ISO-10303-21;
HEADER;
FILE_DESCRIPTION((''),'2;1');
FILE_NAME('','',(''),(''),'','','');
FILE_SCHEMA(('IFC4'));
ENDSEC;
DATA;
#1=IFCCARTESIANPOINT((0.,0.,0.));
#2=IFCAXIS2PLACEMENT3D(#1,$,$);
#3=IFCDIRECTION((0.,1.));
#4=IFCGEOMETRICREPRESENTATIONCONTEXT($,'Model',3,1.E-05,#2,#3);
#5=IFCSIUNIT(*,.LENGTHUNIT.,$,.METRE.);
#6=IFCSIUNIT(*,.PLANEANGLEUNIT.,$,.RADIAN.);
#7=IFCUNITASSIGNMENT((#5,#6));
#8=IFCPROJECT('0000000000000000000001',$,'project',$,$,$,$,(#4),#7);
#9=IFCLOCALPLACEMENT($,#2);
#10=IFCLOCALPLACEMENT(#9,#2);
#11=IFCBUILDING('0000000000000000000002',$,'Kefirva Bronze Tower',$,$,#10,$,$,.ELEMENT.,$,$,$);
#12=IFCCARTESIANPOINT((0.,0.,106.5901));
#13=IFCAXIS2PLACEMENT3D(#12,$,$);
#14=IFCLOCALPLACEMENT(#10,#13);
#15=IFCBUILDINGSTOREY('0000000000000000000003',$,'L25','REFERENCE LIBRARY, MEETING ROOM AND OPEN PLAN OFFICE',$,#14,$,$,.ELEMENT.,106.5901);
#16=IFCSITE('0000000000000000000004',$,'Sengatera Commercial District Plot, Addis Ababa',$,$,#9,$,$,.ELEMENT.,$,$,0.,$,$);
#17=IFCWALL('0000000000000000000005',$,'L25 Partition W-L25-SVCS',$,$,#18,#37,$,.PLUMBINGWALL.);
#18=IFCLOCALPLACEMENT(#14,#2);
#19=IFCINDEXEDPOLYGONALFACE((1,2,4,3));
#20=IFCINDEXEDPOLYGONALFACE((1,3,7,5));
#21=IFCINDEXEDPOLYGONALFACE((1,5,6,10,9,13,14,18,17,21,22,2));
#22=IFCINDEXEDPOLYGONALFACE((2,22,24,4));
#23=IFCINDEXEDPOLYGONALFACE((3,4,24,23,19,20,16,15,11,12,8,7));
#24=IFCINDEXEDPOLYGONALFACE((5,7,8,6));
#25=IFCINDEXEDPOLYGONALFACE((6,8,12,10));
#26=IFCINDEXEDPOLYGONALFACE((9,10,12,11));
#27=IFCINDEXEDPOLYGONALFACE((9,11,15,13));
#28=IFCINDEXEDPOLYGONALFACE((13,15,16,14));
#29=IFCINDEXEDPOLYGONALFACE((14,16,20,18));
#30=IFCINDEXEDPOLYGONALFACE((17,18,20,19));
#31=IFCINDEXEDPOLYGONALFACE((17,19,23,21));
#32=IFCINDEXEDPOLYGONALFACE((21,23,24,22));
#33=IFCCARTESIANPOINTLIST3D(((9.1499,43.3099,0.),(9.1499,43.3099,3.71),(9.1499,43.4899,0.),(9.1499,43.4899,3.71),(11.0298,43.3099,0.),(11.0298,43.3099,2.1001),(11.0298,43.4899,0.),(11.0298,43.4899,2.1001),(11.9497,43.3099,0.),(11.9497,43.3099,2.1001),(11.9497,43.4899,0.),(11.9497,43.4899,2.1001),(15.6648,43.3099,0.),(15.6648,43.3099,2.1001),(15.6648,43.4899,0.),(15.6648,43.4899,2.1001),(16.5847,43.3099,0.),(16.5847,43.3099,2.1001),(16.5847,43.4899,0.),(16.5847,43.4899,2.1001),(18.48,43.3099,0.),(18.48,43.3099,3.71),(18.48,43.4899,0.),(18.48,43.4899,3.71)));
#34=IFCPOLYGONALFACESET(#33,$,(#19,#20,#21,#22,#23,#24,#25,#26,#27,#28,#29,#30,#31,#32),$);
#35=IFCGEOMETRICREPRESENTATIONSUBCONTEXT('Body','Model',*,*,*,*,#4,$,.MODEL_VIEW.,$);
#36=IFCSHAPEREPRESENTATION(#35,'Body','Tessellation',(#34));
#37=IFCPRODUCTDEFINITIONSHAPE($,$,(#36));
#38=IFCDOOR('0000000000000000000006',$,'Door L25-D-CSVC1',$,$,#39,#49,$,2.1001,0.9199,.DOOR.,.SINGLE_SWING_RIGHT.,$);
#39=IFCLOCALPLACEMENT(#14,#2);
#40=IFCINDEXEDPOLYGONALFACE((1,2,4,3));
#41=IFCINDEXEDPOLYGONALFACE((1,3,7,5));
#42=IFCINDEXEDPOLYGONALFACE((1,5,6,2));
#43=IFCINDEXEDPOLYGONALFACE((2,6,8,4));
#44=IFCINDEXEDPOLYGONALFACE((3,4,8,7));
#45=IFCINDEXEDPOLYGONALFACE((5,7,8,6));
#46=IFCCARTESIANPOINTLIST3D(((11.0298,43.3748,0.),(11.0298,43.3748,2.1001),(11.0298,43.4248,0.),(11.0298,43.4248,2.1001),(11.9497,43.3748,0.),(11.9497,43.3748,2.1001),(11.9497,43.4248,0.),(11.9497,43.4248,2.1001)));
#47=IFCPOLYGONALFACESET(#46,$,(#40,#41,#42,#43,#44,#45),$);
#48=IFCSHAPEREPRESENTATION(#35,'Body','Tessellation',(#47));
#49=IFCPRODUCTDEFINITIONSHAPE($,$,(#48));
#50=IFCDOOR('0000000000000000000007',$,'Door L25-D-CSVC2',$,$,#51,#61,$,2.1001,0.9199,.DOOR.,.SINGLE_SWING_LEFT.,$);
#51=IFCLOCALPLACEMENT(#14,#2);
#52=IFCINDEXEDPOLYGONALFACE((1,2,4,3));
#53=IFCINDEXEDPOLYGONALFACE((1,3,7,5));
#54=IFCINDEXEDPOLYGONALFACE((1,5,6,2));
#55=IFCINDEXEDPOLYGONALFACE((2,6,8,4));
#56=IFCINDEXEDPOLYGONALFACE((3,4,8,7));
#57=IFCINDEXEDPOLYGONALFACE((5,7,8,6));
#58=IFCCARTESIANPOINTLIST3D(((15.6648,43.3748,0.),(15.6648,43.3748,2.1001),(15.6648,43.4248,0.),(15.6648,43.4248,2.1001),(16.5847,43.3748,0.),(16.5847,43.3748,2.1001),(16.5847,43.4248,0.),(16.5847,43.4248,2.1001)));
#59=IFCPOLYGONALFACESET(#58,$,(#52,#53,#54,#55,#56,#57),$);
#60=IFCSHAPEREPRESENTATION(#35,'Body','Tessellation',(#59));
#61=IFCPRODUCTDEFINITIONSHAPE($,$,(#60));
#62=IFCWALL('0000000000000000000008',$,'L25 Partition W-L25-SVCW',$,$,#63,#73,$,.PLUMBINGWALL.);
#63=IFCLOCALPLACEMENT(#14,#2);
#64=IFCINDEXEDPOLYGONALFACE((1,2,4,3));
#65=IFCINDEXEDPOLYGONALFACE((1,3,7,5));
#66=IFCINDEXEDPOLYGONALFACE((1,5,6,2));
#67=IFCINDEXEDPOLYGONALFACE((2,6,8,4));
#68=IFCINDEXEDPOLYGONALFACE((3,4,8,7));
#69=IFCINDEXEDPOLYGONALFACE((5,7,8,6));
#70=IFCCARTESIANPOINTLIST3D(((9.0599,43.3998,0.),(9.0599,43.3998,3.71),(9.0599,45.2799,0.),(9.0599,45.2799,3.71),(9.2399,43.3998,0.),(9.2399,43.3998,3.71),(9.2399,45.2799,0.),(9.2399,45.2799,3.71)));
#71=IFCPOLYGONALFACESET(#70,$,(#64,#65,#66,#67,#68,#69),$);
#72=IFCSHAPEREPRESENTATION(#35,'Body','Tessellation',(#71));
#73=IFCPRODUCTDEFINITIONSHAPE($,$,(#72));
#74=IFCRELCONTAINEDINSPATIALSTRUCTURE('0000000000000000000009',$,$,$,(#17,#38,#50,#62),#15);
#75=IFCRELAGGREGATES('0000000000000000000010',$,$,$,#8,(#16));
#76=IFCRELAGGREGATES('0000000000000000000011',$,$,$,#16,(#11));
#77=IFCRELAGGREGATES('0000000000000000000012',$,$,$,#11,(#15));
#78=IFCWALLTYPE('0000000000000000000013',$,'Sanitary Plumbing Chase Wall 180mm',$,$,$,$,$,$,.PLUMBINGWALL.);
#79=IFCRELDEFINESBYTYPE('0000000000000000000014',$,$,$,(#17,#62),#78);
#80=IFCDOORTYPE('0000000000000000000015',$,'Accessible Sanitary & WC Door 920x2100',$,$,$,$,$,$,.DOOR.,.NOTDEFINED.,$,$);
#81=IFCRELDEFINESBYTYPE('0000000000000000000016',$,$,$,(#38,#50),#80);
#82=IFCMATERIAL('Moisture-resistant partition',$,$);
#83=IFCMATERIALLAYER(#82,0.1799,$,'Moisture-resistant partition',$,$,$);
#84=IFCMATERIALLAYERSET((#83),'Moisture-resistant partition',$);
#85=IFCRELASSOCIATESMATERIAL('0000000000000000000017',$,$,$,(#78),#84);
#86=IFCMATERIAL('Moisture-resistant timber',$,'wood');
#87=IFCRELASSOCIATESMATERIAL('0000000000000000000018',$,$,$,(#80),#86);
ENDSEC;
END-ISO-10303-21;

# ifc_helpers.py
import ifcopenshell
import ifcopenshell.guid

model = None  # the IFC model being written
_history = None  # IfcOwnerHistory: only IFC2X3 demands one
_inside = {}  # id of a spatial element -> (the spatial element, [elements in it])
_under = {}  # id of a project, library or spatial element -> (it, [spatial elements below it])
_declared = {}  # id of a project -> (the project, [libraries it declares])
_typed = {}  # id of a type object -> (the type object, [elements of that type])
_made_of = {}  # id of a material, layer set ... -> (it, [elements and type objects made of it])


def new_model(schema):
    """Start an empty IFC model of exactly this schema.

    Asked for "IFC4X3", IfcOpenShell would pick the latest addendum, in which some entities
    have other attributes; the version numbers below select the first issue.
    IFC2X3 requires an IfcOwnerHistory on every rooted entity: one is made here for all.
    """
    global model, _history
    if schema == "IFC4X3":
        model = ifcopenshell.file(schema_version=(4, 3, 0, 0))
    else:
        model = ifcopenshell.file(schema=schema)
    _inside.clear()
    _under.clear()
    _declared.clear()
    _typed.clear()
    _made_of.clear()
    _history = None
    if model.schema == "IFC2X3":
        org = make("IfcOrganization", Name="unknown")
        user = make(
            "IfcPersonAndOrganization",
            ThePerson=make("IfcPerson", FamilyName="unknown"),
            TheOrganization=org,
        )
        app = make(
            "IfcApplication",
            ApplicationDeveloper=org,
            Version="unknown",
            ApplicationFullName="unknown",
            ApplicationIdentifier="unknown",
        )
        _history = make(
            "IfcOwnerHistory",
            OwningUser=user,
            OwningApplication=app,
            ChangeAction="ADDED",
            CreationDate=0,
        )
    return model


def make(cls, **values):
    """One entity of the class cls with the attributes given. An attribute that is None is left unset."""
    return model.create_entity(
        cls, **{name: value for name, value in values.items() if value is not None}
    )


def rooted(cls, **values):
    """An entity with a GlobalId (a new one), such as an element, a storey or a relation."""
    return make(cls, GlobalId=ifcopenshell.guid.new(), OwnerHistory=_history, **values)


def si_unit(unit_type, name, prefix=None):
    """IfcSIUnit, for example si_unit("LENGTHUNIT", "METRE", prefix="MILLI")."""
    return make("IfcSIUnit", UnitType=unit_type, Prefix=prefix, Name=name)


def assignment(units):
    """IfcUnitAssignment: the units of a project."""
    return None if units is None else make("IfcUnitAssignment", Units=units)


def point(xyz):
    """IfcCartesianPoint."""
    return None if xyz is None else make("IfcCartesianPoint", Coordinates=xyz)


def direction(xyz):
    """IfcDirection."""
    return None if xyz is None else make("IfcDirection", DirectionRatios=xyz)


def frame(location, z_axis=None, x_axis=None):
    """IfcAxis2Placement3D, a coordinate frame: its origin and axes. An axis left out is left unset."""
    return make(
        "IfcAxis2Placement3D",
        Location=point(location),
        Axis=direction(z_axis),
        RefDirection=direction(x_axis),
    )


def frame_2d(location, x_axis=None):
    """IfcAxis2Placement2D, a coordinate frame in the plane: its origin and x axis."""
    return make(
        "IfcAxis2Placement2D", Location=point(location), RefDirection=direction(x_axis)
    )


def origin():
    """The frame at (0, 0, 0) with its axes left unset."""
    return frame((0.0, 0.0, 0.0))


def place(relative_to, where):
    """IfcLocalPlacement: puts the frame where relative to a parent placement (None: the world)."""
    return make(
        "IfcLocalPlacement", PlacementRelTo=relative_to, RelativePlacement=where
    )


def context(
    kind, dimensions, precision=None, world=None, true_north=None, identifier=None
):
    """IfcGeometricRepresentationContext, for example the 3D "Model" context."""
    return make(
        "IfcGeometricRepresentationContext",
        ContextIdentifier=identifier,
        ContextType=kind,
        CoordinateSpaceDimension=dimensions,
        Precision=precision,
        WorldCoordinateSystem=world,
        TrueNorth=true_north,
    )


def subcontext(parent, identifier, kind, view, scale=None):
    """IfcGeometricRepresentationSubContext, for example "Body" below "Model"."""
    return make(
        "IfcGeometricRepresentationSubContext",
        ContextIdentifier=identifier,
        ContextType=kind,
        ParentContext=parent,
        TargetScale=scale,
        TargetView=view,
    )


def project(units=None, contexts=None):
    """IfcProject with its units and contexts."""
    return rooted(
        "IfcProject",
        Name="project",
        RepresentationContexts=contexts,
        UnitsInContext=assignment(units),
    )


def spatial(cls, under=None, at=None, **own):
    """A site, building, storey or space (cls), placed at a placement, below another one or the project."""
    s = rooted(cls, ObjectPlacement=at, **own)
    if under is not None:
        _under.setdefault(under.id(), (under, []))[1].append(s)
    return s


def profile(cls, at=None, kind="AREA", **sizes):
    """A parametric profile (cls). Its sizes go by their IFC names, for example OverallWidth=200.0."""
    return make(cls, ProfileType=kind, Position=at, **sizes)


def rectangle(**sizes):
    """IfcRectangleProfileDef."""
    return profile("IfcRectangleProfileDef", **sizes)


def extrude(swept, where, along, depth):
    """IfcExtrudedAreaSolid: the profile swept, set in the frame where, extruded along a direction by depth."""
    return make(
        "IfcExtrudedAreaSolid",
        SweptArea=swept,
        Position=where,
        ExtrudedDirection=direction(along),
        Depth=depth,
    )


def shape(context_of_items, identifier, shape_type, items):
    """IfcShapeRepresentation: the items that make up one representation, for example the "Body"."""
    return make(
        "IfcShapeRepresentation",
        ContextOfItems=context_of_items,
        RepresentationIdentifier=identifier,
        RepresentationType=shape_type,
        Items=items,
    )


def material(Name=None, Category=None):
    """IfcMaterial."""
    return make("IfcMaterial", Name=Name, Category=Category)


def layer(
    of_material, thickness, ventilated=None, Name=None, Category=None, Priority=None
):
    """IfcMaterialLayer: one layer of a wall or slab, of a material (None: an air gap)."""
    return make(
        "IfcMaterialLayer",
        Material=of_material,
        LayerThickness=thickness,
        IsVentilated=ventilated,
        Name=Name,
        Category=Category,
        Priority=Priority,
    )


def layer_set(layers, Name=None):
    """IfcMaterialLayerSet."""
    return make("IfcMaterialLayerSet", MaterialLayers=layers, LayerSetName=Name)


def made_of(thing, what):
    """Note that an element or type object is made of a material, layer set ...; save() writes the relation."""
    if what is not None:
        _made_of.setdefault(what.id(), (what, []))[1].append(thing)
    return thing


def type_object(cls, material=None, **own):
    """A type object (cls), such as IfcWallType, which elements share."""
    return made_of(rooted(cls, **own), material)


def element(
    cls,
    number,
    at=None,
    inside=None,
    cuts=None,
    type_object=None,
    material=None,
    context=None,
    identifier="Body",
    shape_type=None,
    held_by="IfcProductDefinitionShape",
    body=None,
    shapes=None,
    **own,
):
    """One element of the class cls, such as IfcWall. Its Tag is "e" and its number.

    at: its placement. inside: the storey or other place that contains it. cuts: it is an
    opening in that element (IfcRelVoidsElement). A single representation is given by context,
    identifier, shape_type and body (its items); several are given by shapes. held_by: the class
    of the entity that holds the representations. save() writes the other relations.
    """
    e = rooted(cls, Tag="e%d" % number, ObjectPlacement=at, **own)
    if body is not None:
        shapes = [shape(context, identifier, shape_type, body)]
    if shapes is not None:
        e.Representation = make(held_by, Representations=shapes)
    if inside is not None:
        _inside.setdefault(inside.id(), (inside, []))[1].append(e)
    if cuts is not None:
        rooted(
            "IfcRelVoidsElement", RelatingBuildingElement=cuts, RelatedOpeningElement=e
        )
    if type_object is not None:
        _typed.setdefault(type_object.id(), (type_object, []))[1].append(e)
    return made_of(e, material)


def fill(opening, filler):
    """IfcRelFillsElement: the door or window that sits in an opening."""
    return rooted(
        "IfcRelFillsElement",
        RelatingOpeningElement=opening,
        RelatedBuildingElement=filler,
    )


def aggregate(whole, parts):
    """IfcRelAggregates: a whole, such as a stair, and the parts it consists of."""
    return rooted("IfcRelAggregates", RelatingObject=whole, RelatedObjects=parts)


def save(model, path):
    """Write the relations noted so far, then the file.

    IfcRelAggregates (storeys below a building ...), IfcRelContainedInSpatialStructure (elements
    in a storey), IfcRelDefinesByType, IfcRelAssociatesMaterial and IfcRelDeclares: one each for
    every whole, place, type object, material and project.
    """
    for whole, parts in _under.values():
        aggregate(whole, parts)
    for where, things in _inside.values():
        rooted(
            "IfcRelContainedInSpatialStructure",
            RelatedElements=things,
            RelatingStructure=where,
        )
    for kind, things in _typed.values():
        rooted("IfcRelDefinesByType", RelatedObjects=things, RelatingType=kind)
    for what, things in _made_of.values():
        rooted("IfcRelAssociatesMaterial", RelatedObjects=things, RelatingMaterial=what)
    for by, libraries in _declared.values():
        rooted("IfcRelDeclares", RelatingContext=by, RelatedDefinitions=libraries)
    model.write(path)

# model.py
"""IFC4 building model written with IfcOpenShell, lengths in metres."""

from ifc_helpers import new_model, si_unit, direction, frame, frame_2d, origin, place, context, subcontext, project, spatial, rectangle, extrude, material, layer, layer_set, type_object, element, fill, save


model = new_model("IFC4")

# Units and contexts
model_context = context("Model", 3, precision=1e-05, world=origin(), true_north=direction((0.0, 1.0)))
body_context = subcontext(model_context, "Body", "Model", "MODEL_VIEW")
ifc_project = project(units=[si_unit("LENGTHUNIT", "METRE"), si_unit("PLANEANGLEUNIT", "RADIAN")], contexts=[model_context])

# Site, building, storey
site_placement = place(None, origin())
site = spatial("IfcSite", under=ifc_project, at=site_placement, Name="Sengatera Commercial District Plot, Addis Ababa", CompositionType="ELEMENT", RefElevation=0.0)
building_placement = place(site_placement, origin())
building = spatial("IfcBuilding", under=site, at=building_placement, Name="Kefirva Bronze Tower", CompositionType="ELEMENT")
storey_placement = place(building_placement, frame((0.0, 0.0, 106.5901)))
storey = spatial("IfcBuildingStorey", under=building, at=storey_placement, Name="L25", Description="REFERENCE LIBRARY, MEETING ROOM AND OPEN PLAN OFFICE", CompositionType="ELEMENT", Elevation=106.5901)

# Wall, openings, doors
ifc_material_1 = material(Name="Moisture-resistant partition")
ifc_layer_1 = layer(ifc_material_1, 0.1799, Name="Moisture-resistant partition")
ifc_layer_set_1 = layer_set([ifc_layer_1], Name="Moisture-resistant partition")
wall_type_1 = type_object("IfcWallType", Name="Sanitary Plumbing Chase Wall 180mm", PredefinedType="PLUMBINGWALL", material=ifc_layer_set_1)
wall_1_placement = place(storey_placement, frame((9.1499, 43.3999, 0.0), z_axis=(0.0, 0.0, 1.0), x_axis=(1.0, 0.0, 0.0)))
wall_1 = element("IfcWall", 1, at=wall_1_placement, inside=storey, type_object=wall_type_1, Name="L25 Partition W-L25-SVCS", PredefinedType="PLUMBINGWALL", context=body_context, shape_type="SweptSolid", body=[
    extrude(rectangle(XDim=9.3301, YDim=0.1799, at=frame_2d((4.665, 0.0))), origin(), (0.0, 0.0, 1.0), 3.71),
])
opening_1_placement = place(wall_1_placement, frame((1.8799, 0.0, 0.0)))
opening_1 = element("IfcOpeningElement", 2, at=opening_1_placement, cuts=wall_1, PredefinedType="OPENING", context=body_context, shape_type="SweptSolid", body=[
    extrude(rectangle(XDim=0.9199, YDim=2.1001, at=frame_2d((0.46, 1.05))), frame((0.0, 0.1001, 0.0), z_axis=(0.0, -1.0, 0.0), x_axis=(1.0, 0.0, 0.0)), (0.0, 0.0, 1.0), 0.2),
])
opening_2_placement = place(wall_1_placement, frame((6.5149, 0.0, 0.0)))
opening_2 = element("IfcOpeningElement", 3, at=opening_2_placement, cuts=wall_1, PredefinedType="OPENING", context=body_context, shape_type="SweptSolid", body=[
    extrude(rectangle(XDim=0.9199, YDim=2.1001, at=frame_2d((0.46, 1.05))), frame((0.0, 0.1001, 0.0), z_axis=(0.0, -1.0, 0.0), x_axis=(1.0, 0.0, 0.0)), (0.0, 0.0, 1.0), 0.2),
])
ifc_material_2 = material(Name="Moisture-resistant timber", Category="wood")
door_type_1 = type_object("IfcDoorType", Name="Accessible Sanitary & WC Door 920x2100", OperationType="NOTDEFINED", PredefinedType="DOOR", material=ifc_material_2)
door_1_placement = place(opening_1_placement, origin())
door_1 = element("IfcDoor", 4, at=door_1_placement, inside=storey, type_object=door_type_1, Name="Door L25-D-CSVC1", OperationType="SINGLE_SWING_RIGHT", OverallHeight=2.1001, OverallWidth=0.9199, PredefinedType="DOOR", context=body_context, shape_type="SweptSolid", body=[
    extrude(rectangle(XDim=0.9199, YDim=2.1001, at=frame_2d((0.46, 1.05))), frame((0.0, 0.0249, 0.0), z_axis=(0.0, -1.0, 0.0), x_axis=(1.0, 0.0, 0.0)), (0.0, 0.0, 1.0), 0.05),
])
fill(opening_1, door_1)
door_2_placement = place(opening_2_placement, origin())
door_2 = element("IfcDoor", 5, at=door_2_placement, inside=storey, type_object=door_type_1, Name="Door L25-D-CSVC2", OperationType="SINGLE_SWING_LEFT", OverallHeight=2.1001, OverallWidth=0.9199, PredefinedType="DOOR", context=body_context, shape_type="SweptSolid", body=[
    extrude(rectangle(XDim=0.9199, YDim=2.1001, at=frame_2d((0.46, 1.05))), frame((0.0, 0.0249, 0.0), z_axis=(0.0, -1.0, 0.0), x_axis=(1.0, 0.0, 0.0)), (0.0, 0.0, 1.0), 0.05),
])
fill(opening_2, door_2)

# Wall
wall_2_placement = place(storey_placement, frame((9.1499, 43.3999, 0.0), z_axis=(0.0, 0.0, 1.0), x_axis=(0.0, 1.0, 0.0)))
element("IfcWall", 6, at=wall_2_placement, inside=storey, type_object=wall_type_1, Name="L25 Partition W-L25-SVCW", PredefinedType="PLUMBINGWALL", context=body_context, shape_type="SweptSolid", body=[
    extrude(rectangle(XDim=1.8801, YDim=0.1799, at=frame_2d((0.9399, 0.0))), origin(), (0.0, 0.0, 1.0), 3.71),
])

save(model, "model.ifc")
